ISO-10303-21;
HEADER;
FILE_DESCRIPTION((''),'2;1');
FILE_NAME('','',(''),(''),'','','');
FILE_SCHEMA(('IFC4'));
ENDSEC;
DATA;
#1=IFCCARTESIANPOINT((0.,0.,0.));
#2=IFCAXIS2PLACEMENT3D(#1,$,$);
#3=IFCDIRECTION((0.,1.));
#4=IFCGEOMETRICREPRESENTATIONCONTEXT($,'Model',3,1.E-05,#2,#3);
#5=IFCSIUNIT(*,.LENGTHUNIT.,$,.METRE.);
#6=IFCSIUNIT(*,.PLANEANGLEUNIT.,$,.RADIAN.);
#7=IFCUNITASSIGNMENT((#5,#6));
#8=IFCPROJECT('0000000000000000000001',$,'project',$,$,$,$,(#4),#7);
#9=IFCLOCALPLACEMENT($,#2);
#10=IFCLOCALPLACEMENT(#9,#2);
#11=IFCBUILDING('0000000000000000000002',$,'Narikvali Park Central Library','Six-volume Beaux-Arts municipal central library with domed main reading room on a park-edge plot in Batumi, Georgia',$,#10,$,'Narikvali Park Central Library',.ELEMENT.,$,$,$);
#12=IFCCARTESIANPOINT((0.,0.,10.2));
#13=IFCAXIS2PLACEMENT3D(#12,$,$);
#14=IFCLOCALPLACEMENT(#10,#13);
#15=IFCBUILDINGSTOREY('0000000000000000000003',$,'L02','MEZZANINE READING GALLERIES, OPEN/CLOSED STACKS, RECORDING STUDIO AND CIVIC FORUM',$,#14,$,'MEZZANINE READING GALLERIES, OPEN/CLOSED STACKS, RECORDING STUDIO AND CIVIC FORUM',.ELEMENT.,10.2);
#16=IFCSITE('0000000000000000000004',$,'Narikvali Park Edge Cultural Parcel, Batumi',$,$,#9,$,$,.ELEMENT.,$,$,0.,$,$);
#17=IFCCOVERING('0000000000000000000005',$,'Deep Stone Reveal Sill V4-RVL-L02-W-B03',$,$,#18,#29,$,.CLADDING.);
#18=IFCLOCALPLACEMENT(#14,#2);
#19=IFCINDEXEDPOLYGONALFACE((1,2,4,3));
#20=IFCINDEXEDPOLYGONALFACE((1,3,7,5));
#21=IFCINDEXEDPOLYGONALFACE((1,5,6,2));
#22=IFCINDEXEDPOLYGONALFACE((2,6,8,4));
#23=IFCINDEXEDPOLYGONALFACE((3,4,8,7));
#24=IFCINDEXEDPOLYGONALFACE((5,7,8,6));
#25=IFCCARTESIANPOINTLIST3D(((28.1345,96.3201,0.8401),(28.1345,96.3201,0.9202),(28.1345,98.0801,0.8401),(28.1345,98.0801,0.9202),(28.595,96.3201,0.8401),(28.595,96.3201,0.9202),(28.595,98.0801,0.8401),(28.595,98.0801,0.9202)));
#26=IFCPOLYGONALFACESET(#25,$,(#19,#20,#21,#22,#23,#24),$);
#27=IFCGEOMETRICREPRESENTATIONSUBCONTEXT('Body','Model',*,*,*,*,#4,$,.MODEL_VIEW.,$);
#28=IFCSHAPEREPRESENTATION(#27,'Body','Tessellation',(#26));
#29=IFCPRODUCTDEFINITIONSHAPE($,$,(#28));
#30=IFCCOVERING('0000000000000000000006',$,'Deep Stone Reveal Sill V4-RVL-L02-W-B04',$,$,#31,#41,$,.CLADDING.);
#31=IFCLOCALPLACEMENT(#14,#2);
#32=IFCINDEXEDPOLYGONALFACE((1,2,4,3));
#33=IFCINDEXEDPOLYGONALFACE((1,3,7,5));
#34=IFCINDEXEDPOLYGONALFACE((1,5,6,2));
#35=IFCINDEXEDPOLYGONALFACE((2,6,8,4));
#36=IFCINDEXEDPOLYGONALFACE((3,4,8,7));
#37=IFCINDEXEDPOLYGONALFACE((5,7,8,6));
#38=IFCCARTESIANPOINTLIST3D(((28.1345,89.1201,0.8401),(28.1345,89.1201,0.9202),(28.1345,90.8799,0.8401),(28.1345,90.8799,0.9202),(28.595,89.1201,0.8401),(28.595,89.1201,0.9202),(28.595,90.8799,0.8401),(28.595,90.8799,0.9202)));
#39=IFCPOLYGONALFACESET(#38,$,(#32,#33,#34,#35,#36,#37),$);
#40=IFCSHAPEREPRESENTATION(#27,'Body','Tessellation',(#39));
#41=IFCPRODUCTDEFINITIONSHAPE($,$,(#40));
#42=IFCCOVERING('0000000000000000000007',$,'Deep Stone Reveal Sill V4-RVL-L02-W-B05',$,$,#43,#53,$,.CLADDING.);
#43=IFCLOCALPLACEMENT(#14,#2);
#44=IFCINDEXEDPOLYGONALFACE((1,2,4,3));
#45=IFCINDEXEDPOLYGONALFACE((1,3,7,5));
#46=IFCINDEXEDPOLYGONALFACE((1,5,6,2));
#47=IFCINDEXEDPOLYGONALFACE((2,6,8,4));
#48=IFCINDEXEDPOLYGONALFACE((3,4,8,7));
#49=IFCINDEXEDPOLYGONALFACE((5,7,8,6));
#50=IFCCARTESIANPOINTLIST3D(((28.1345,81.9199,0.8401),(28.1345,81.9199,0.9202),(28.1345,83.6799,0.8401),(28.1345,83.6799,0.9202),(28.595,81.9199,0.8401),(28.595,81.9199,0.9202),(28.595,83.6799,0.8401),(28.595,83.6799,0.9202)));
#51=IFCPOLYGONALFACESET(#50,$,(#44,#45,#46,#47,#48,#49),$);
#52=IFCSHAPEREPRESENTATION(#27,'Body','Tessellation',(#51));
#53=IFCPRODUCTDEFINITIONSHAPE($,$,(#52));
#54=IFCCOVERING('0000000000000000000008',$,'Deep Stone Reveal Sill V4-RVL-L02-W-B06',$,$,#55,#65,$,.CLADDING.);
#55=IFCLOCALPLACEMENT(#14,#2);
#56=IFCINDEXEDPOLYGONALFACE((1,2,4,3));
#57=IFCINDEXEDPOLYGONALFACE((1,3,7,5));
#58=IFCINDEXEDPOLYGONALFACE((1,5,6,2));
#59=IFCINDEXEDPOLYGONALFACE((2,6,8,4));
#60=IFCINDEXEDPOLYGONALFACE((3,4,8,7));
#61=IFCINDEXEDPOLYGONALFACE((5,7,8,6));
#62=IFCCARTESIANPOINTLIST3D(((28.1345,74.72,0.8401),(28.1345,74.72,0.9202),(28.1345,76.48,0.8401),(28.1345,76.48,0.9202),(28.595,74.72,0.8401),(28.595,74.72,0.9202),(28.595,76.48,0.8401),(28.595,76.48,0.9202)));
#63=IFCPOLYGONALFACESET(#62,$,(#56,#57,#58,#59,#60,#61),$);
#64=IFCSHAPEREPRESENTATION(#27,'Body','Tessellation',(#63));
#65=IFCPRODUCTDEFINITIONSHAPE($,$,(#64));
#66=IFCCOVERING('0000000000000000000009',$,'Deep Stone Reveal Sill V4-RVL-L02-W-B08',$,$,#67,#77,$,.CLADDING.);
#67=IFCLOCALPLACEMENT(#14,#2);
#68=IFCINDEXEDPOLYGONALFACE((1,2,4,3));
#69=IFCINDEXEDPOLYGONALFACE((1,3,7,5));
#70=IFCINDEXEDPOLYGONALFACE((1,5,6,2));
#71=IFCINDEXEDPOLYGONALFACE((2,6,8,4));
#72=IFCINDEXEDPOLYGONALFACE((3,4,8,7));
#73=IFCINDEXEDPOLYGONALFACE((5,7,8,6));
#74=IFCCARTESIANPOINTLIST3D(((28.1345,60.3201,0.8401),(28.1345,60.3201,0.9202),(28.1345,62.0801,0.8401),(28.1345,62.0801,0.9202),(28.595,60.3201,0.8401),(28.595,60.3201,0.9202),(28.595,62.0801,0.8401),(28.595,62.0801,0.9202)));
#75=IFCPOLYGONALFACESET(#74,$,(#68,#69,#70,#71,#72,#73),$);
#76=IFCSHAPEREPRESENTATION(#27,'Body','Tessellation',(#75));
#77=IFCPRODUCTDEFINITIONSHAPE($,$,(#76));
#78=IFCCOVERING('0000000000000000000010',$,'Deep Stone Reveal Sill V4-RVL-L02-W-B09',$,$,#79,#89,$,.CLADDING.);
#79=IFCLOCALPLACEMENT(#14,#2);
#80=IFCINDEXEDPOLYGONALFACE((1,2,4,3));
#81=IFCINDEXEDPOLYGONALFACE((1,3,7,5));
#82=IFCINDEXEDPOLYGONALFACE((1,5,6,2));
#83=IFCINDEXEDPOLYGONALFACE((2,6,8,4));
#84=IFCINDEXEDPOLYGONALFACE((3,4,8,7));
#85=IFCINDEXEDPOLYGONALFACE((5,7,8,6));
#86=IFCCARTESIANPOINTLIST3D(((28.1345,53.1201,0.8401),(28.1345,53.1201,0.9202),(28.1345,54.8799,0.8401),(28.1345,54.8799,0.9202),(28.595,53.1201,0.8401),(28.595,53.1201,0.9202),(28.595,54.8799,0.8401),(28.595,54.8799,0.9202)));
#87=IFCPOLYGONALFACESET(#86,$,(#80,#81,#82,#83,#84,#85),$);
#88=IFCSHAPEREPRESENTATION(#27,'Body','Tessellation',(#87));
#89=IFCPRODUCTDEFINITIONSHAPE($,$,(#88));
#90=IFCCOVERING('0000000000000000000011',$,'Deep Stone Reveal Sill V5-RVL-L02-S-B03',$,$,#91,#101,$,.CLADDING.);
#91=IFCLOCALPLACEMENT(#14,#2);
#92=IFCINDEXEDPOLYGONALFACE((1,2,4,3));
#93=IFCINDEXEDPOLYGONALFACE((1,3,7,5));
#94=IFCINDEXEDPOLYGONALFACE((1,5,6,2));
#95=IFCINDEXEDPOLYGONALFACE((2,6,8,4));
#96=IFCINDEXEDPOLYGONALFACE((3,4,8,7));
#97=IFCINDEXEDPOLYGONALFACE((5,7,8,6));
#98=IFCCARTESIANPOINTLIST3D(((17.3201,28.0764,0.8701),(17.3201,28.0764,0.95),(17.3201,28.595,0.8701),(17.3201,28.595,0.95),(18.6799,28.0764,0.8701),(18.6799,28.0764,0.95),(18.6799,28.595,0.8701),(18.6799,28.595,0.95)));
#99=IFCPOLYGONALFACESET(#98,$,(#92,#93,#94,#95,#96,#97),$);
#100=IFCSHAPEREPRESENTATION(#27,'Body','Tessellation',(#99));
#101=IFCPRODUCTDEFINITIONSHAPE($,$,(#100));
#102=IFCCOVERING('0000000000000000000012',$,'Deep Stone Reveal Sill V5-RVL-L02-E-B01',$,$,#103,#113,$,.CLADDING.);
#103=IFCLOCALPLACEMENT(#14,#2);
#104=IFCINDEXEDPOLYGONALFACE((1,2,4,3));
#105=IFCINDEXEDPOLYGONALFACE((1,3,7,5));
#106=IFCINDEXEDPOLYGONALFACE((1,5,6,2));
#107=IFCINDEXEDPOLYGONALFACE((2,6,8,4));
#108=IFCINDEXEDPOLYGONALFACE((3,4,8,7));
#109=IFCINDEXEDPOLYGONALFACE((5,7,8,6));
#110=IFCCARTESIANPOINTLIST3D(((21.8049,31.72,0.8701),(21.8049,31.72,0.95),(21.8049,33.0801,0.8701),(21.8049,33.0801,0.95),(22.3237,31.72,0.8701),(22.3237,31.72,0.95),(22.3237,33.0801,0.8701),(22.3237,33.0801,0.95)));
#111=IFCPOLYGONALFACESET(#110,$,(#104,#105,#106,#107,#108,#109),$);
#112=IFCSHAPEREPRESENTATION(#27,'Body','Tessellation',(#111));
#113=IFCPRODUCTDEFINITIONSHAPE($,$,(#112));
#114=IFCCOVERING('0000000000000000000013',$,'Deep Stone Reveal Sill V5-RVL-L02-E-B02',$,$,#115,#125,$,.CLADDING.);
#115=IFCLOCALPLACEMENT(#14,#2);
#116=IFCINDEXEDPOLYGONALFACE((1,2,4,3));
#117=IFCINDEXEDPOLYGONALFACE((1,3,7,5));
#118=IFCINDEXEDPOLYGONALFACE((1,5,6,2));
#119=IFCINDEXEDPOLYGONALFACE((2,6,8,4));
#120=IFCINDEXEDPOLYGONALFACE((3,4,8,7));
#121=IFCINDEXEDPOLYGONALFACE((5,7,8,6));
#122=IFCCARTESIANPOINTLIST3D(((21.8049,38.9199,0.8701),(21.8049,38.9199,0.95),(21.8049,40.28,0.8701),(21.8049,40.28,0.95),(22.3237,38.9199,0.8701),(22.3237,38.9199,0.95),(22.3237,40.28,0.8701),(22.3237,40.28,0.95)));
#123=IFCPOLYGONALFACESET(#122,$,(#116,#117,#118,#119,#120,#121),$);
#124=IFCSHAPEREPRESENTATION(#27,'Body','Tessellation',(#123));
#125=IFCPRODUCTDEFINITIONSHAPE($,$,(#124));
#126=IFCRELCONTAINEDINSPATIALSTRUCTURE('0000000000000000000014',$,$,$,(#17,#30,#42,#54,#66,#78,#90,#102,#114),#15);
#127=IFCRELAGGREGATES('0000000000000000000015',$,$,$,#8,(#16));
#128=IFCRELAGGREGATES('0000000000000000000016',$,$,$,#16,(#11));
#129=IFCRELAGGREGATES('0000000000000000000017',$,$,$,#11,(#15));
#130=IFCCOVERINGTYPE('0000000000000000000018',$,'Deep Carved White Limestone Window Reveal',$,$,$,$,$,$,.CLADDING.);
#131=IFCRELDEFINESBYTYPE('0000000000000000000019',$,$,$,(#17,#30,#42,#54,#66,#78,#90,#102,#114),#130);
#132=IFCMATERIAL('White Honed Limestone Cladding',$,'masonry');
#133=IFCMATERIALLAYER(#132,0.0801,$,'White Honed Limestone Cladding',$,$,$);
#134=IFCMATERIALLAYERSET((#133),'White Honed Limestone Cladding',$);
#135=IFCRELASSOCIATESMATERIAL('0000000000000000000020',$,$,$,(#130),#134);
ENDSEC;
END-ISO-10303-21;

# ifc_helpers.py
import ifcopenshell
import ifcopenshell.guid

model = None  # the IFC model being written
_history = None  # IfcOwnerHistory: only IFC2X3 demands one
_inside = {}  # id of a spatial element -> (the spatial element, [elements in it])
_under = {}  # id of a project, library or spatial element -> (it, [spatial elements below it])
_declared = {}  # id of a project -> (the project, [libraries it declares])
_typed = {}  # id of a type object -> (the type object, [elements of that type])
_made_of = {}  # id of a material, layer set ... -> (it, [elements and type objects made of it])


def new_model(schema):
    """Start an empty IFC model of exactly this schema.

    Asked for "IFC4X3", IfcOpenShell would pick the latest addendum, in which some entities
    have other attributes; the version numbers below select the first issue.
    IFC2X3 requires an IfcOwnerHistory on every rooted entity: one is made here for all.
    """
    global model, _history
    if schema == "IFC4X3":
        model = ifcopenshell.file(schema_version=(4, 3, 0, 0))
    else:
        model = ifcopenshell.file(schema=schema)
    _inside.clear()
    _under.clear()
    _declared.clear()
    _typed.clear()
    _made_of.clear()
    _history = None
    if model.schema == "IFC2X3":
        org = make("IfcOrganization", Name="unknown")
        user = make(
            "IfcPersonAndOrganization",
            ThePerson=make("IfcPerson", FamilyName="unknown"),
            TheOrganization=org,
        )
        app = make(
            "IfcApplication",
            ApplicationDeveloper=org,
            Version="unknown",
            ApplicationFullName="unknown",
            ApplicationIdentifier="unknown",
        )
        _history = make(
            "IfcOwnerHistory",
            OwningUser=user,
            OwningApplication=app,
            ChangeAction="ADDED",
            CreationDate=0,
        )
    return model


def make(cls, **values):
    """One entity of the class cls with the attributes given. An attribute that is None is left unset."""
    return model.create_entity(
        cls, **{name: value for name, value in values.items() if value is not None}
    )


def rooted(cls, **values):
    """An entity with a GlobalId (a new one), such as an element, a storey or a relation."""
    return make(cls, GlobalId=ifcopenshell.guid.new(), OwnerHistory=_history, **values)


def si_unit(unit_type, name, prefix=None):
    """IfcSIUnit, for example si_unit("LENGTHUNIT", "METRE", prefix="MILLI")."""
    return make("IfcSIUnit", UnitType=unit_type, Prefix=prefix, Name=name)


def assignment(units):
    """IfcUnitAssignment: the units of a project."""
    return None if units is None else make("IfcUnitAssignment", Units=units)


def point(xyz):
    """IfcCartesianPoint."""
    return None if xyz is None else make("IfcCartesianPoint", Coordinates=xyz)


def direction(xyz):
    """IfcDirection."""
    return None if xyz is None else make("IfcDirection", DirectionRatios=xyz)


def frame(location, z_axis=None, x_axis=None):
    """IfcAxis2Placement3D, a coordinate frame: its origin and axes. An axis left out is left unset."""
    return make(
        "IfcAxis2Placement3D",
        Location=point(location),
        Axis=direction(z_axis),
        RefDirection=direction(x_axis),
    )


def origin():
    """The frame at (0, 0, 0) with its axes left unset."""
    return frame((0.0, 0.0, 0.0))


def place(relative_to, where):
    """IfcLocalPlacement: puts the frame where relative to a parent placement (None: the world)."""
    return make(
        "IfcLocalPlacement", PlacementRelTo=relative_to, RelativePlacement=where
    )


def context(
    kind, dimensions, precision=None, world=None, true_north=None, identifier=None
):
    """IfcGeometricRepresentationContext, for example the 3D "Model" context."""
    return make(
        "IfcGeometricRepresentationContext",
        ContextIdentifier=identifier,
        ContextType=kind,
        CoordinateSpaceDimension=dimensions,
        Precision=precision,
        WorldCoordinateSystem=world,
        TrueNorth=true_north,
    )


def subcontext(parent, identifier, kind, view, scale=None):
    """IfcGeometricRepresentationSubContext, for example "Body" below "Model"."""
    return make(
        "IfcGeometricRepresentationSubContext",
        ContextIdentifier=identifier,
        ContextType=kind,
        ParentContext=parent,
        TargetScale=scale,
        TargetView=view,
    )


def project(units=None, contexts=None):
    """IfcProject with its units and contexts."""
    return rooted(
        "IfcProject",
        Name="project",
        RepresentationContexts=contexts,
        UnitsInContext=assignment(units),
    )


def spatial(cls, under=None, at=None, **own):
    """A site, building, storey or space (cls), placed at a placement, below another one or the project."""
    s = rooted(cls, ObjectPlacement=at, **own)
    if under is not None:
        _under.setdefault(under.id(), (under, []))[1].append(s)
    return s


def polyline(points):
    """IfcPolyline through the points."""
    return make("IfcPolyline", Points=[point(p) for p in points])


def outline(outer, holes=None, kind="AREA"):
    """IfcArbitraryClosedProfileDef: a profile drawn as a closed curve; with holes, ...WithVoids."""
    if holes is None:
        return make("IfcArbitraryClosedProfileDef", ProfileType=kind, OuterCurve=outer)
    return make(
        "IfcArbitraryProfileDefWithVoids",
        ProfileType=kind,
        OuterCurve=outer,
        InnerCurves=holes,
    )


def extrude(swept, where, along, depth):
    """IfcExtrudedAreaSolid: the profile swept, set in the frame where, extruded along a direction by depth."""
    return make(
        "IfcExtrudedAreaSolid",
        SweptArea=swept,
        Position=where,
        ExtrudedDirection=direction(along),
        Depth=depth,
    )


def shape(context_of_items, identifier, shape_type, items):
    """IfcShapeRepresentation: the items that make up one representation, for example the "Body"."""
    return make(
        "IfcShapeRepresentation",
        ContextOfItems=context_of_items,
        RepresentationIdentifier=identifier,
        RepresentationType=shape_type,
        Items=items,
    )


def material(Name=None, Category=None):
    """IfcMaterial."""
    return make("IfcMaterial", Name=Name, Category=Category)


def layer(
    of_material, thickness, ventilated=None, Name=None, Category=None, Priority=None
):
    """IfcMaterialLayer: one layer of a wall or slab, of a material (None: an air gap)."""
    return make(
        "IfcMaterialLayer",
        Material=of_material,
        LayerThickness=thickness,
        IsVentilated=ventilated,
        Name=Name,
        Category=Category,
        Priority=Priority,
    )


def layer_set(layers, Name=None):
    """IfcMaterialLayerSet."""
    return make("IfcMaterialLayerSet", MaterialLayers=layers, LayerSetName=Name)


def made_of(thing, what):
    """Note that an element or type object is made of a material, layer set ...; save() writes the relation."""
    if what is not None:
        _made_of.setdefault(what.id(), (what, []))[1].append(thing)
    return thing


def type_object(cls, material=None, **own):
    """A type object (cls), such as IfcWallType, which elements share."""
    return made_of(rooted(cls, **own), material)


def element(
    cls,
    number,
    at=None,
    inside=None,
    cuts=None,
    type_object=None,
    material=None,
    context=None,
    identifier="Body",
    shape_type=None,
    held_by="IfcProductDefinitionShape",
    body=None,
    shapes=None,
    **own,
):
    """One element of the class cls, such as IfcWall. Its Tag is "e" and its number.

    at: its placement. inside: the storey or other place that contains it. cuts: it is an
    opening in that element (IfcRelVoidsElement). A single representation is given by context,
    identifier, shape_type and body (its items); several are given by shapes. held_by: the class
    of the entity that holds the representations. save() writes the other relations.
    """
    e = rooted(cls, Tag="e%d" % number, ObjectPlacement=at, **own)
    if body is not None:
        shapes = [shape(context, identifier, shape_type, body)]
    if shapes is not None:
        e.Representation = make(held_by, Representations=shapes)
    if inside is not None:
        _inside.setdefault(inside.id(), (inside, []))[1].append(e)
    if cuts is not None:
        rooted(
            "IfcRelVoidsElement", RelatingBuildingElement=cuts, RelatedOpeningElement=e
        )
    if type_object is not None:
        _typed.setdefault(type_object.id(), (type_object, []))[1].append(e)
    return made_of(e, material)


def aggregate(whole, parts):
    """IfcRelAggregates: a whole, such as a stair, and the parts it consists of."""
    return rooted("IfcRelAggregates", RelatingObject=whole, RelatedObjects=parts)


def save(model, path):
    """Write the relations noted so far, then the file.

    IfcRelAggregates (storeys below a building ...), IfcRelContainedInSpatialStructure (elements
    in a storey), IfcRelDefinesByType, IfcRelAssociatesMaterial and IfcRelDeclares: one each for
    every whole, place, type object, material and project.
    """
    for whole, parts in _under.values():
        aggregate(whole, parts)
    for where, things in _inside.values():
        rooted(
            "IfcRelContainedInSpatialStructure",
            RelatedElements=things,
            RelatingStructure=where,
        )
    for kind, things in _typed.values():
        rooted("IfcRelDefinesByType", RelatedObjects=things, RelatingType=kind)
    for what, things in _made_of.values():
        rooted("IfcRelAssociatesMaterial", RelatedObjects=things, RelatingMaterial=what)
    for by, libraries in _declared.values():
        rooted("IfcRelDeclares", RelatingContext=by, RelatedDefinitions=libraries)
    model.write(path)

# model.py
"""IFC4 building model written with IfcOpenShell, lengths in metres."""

from ifc_helpers import new_model, si_unit, direction, frame, origin, place, context, subcontext, project, spatial, polyline, outline, extrude, material, layer, layer_set, type_object, element, save


model = new_model("IFC4")

# Units and contexts
model_context = context("Model", 3, precision=1e-05, world=origin(), true_north=direction((0.0, 1.0)))
body_context = subcontext(model_context, "Body", "Model", "MODEL_VIEW")
ifc_project = project(units=[si_unit("LENGTHUNIT", "METRE"), si_unit("PLANEANGLEUNIT", "RADIAN")], contexts=[model_context])

# Site, building, storey
site_placement = place(None, origin())
site = spatial("IfcSite", under=ifc_project, at=site_placement, Name="Narikvali Park Edge Cultural Parcel, Batumi", CompositionType="ELEMENT", RefElevation=0.0)
building_placement = place(site_placement, origin())
building = spatial("IfcBuilding", under=site, at=building_placement, Name="Narikvali Park Central Library", Description="Six-volume Beaux-Arts municipal central library with domed main reading room on a park-edge plot in Batumi, Georgia", LongName="Narikvali Park Central Library", CompositionType="ELEMENT")
storey_placement = place(building_placement, frame((0.0, 0.0, 10.2)))
storey = spatial("IfcBuildingStorey", under=building, at=storey_placement, Name="L02", Description="MEZZANINE READING GALLERIES, OPEN/CLOSED STACKS, RECORDING STUDIO AND CIVIC FORUM", LongName="MEZZANINE READING GALLERIES, OPEN/CLOSED STACKS, RECORDING STUDIO AND CIVIC FORUM", CompositionType="ELEMENT", Elevation=10.2)

# Coverings
ifc_material = material(Name="White Honed Limestone Cladding", Category="masonry")
ifc_layer = layer(ifc_material, 0.0801, Name="White Honed Limestone Cladding")
ifc_layer_set = layer_set([ifc_layer], Name="White Honed Limestone Cladding")
covering_type = type_object("IfcCoveringType", Name="Deep Carved White Limestone Window Reveal", PredefinedType="CLADDING", material=ifc_layer_set)
covering_1_placement = place(storey_placement, frame((0.0, 0.0, 0.8401)))
element("IfcCovering", 1, at=covering_1_placement, inside=storey, type_object=covering_type, Name="Deep Stone Reveal Sill V4-RVL-L02-W-B03", PredefinedType="CLADDING", context=body_context, shape_type="SweptSolid", body=[
    extrude(outline(polyline([(28.595, 98.0801), (28.595, 96.3201), (28.1345, 96.3201), (28.1345, 98.0801), (28.595, 98.0801)])), origin(), (0.0, 0.0, 1.0), 0.0801),
])
covering_2_placement = place(storey_placement, frame((0.0, 0.0, 0.8401)))
element("IfcCovering", 2, at=covering_2_placement, inside=storey, type_object=covering_type, Name="Deep Stone Reveal Sill V4-RVL-L02-W-B04", PredefinedType="CLADDING", context=body_context, shape_type="SweptSolid", body=[
    extrude(outline(polyline([(28.595, 90.8799), (28.595, 89.1201), (28.1345, 89.1201), (28.1345, 90.8799), (28.595, 90.8799)])), origin(), (0.0, 0.0, 1.0), 0.0801),
])
covering_3_placement = place(storey_placement, frame((0.0, 0.0, 0.8401)))
element("IfcCovering", 3, at=covering_3_placement, inside=storey, type_object=covering_type, Name="Deep Stone Reveal Sill V4-RVL-L02-W-B05", PredefinedType="CLADDING", context=body_context, shape_type="SweptSolid", body=[
    extrude(outline(polyline([(28.595, 83.6799), (28.595, 81.9199), (28.1345, 81.9199), (28.1345, 83.6799), (28.595, 83.6799)])), origin(), (0.0, 0.0, 1.0), 0.0801),
])
covering_4_placement = place(storey_placement, frame((0.0, 0.0, 0.8401)))
element("IfcCovering", 4, at=covering_4_placement, inside=storey, type_object=covering_type, Name="Deep Stone Reveal Sill V4-RVL-L02-W-B06", PredefinedType="CLADDING", context=body_context, shape_type="SweptSolid", body=[
    extrude(outline(polyline([(28.595, 76.48), (28.595, 74.72), (28.1345, 74.72), (28.1345, 76.48), (28.595, 76.48)])), origin(), (0.0, 0.0, 1.0), 0.0801),
])
covering_5_placement = place(storey_placement, frame((0.0, 0.0, 0.8401)))
element("IfcCovering", 5, at=covering_5_placement, inside=storey, type_object=covering_type, Name="Deep Stone Reveal Sill V4-RVL-L02-W-B08", PredefinedType="CLADDING", context=body_context, shape_type="SweptSolid", body=[
    extrude(outline(polyline([(28.595, 62.0801), (28.595, 60.3201), (28.1345, 60.3201), (28.1345, 62.0801), (28.595, 62.0801)])), origin(), (0.0, 0.0, 1.0), 0.0801),
])
covering_6_placement = place(storey_placement, frame((0.0, 0.0, 0.8401)))
element("IfcCovering", 6, at=covering_6_placement, inside=storey, type_object=covering_type, Name="Deep Stone Reveal Sill V4-RVL-L02-W-B09", PredefinedType="CLADDING", context=body_context, shape_type="SweptSolid", body=[
    extrude(outline(polyline([(28.595, 54.8799), (28.595, 53.1201), (28.1345, 53.1201), (28.1345, 54.8799), (28.595, 54.8799)])), origin(), (0.0, 0.0, 1.0), 0.0801),
])
covering_7_placement = place(storey_placement, frame((0.0, 0.0, 0.8701)))
element("IfcCovering", 7, at=covering_7_placement, inside=storey, type_object=covering_type, Name="Deep Stone Reveal Sill V5-RVL-L02-S-B03", PredefinedType="CLADDING", context=body_context, shape_type="SweptSolid", body=[
    extrude(outline(polyline([(17.3201, 28.595), (18.6799, 28.595), (18.6799, 28.0764), (17.3201, 28.0764), (17.3201, 28.595)])), origin(), (0.0, 0.0, 1.0), 0.0798),
])
covering_8_placement = place(storey_placement, frame((0.0, 0.0, 0.8701)))
element("IfcCovering", 8, at=covering_8_placement, inside=storey, type_object=covering_type, Name="Deep Stone Reveal Sill V5-RVL-L02-E-B01", PredefinedType="CLADDING", context=body_context, shape_type="SweptSolid", body=[
    extrude(outline(polyline([(21.8049, 31.72), (21.8049, 33.0801), (22.3237, 33.0801), (22.3237, 31.72), (21.8049, 31.72)])), origin(), (0.0, 0.0, 1.0), 0.0798),
])
covering_9_placement = place(storey_placement, frame((0.0, 0.0, 0.8701)))
element("IfcCovering", 9, at=covering_9_placement, inside=storey, type_object=covering_type, Name="Deep Stone Reveal Sill V5-RVL-L02-E-B02", PredefinedType="CLADDING", context=body_context, shape_type="SweptSolid", body=[
    extrude(outline(polyline([(21.8049, 38.9199), (21.8049, 40.28), (22.3237, 40.28), (22.3237, 38.9199), (21.8049, 38.9199)])), origin(), (0.0, 0.0, 1.0), 0.0798),
])

save(model, "model.ifc")
